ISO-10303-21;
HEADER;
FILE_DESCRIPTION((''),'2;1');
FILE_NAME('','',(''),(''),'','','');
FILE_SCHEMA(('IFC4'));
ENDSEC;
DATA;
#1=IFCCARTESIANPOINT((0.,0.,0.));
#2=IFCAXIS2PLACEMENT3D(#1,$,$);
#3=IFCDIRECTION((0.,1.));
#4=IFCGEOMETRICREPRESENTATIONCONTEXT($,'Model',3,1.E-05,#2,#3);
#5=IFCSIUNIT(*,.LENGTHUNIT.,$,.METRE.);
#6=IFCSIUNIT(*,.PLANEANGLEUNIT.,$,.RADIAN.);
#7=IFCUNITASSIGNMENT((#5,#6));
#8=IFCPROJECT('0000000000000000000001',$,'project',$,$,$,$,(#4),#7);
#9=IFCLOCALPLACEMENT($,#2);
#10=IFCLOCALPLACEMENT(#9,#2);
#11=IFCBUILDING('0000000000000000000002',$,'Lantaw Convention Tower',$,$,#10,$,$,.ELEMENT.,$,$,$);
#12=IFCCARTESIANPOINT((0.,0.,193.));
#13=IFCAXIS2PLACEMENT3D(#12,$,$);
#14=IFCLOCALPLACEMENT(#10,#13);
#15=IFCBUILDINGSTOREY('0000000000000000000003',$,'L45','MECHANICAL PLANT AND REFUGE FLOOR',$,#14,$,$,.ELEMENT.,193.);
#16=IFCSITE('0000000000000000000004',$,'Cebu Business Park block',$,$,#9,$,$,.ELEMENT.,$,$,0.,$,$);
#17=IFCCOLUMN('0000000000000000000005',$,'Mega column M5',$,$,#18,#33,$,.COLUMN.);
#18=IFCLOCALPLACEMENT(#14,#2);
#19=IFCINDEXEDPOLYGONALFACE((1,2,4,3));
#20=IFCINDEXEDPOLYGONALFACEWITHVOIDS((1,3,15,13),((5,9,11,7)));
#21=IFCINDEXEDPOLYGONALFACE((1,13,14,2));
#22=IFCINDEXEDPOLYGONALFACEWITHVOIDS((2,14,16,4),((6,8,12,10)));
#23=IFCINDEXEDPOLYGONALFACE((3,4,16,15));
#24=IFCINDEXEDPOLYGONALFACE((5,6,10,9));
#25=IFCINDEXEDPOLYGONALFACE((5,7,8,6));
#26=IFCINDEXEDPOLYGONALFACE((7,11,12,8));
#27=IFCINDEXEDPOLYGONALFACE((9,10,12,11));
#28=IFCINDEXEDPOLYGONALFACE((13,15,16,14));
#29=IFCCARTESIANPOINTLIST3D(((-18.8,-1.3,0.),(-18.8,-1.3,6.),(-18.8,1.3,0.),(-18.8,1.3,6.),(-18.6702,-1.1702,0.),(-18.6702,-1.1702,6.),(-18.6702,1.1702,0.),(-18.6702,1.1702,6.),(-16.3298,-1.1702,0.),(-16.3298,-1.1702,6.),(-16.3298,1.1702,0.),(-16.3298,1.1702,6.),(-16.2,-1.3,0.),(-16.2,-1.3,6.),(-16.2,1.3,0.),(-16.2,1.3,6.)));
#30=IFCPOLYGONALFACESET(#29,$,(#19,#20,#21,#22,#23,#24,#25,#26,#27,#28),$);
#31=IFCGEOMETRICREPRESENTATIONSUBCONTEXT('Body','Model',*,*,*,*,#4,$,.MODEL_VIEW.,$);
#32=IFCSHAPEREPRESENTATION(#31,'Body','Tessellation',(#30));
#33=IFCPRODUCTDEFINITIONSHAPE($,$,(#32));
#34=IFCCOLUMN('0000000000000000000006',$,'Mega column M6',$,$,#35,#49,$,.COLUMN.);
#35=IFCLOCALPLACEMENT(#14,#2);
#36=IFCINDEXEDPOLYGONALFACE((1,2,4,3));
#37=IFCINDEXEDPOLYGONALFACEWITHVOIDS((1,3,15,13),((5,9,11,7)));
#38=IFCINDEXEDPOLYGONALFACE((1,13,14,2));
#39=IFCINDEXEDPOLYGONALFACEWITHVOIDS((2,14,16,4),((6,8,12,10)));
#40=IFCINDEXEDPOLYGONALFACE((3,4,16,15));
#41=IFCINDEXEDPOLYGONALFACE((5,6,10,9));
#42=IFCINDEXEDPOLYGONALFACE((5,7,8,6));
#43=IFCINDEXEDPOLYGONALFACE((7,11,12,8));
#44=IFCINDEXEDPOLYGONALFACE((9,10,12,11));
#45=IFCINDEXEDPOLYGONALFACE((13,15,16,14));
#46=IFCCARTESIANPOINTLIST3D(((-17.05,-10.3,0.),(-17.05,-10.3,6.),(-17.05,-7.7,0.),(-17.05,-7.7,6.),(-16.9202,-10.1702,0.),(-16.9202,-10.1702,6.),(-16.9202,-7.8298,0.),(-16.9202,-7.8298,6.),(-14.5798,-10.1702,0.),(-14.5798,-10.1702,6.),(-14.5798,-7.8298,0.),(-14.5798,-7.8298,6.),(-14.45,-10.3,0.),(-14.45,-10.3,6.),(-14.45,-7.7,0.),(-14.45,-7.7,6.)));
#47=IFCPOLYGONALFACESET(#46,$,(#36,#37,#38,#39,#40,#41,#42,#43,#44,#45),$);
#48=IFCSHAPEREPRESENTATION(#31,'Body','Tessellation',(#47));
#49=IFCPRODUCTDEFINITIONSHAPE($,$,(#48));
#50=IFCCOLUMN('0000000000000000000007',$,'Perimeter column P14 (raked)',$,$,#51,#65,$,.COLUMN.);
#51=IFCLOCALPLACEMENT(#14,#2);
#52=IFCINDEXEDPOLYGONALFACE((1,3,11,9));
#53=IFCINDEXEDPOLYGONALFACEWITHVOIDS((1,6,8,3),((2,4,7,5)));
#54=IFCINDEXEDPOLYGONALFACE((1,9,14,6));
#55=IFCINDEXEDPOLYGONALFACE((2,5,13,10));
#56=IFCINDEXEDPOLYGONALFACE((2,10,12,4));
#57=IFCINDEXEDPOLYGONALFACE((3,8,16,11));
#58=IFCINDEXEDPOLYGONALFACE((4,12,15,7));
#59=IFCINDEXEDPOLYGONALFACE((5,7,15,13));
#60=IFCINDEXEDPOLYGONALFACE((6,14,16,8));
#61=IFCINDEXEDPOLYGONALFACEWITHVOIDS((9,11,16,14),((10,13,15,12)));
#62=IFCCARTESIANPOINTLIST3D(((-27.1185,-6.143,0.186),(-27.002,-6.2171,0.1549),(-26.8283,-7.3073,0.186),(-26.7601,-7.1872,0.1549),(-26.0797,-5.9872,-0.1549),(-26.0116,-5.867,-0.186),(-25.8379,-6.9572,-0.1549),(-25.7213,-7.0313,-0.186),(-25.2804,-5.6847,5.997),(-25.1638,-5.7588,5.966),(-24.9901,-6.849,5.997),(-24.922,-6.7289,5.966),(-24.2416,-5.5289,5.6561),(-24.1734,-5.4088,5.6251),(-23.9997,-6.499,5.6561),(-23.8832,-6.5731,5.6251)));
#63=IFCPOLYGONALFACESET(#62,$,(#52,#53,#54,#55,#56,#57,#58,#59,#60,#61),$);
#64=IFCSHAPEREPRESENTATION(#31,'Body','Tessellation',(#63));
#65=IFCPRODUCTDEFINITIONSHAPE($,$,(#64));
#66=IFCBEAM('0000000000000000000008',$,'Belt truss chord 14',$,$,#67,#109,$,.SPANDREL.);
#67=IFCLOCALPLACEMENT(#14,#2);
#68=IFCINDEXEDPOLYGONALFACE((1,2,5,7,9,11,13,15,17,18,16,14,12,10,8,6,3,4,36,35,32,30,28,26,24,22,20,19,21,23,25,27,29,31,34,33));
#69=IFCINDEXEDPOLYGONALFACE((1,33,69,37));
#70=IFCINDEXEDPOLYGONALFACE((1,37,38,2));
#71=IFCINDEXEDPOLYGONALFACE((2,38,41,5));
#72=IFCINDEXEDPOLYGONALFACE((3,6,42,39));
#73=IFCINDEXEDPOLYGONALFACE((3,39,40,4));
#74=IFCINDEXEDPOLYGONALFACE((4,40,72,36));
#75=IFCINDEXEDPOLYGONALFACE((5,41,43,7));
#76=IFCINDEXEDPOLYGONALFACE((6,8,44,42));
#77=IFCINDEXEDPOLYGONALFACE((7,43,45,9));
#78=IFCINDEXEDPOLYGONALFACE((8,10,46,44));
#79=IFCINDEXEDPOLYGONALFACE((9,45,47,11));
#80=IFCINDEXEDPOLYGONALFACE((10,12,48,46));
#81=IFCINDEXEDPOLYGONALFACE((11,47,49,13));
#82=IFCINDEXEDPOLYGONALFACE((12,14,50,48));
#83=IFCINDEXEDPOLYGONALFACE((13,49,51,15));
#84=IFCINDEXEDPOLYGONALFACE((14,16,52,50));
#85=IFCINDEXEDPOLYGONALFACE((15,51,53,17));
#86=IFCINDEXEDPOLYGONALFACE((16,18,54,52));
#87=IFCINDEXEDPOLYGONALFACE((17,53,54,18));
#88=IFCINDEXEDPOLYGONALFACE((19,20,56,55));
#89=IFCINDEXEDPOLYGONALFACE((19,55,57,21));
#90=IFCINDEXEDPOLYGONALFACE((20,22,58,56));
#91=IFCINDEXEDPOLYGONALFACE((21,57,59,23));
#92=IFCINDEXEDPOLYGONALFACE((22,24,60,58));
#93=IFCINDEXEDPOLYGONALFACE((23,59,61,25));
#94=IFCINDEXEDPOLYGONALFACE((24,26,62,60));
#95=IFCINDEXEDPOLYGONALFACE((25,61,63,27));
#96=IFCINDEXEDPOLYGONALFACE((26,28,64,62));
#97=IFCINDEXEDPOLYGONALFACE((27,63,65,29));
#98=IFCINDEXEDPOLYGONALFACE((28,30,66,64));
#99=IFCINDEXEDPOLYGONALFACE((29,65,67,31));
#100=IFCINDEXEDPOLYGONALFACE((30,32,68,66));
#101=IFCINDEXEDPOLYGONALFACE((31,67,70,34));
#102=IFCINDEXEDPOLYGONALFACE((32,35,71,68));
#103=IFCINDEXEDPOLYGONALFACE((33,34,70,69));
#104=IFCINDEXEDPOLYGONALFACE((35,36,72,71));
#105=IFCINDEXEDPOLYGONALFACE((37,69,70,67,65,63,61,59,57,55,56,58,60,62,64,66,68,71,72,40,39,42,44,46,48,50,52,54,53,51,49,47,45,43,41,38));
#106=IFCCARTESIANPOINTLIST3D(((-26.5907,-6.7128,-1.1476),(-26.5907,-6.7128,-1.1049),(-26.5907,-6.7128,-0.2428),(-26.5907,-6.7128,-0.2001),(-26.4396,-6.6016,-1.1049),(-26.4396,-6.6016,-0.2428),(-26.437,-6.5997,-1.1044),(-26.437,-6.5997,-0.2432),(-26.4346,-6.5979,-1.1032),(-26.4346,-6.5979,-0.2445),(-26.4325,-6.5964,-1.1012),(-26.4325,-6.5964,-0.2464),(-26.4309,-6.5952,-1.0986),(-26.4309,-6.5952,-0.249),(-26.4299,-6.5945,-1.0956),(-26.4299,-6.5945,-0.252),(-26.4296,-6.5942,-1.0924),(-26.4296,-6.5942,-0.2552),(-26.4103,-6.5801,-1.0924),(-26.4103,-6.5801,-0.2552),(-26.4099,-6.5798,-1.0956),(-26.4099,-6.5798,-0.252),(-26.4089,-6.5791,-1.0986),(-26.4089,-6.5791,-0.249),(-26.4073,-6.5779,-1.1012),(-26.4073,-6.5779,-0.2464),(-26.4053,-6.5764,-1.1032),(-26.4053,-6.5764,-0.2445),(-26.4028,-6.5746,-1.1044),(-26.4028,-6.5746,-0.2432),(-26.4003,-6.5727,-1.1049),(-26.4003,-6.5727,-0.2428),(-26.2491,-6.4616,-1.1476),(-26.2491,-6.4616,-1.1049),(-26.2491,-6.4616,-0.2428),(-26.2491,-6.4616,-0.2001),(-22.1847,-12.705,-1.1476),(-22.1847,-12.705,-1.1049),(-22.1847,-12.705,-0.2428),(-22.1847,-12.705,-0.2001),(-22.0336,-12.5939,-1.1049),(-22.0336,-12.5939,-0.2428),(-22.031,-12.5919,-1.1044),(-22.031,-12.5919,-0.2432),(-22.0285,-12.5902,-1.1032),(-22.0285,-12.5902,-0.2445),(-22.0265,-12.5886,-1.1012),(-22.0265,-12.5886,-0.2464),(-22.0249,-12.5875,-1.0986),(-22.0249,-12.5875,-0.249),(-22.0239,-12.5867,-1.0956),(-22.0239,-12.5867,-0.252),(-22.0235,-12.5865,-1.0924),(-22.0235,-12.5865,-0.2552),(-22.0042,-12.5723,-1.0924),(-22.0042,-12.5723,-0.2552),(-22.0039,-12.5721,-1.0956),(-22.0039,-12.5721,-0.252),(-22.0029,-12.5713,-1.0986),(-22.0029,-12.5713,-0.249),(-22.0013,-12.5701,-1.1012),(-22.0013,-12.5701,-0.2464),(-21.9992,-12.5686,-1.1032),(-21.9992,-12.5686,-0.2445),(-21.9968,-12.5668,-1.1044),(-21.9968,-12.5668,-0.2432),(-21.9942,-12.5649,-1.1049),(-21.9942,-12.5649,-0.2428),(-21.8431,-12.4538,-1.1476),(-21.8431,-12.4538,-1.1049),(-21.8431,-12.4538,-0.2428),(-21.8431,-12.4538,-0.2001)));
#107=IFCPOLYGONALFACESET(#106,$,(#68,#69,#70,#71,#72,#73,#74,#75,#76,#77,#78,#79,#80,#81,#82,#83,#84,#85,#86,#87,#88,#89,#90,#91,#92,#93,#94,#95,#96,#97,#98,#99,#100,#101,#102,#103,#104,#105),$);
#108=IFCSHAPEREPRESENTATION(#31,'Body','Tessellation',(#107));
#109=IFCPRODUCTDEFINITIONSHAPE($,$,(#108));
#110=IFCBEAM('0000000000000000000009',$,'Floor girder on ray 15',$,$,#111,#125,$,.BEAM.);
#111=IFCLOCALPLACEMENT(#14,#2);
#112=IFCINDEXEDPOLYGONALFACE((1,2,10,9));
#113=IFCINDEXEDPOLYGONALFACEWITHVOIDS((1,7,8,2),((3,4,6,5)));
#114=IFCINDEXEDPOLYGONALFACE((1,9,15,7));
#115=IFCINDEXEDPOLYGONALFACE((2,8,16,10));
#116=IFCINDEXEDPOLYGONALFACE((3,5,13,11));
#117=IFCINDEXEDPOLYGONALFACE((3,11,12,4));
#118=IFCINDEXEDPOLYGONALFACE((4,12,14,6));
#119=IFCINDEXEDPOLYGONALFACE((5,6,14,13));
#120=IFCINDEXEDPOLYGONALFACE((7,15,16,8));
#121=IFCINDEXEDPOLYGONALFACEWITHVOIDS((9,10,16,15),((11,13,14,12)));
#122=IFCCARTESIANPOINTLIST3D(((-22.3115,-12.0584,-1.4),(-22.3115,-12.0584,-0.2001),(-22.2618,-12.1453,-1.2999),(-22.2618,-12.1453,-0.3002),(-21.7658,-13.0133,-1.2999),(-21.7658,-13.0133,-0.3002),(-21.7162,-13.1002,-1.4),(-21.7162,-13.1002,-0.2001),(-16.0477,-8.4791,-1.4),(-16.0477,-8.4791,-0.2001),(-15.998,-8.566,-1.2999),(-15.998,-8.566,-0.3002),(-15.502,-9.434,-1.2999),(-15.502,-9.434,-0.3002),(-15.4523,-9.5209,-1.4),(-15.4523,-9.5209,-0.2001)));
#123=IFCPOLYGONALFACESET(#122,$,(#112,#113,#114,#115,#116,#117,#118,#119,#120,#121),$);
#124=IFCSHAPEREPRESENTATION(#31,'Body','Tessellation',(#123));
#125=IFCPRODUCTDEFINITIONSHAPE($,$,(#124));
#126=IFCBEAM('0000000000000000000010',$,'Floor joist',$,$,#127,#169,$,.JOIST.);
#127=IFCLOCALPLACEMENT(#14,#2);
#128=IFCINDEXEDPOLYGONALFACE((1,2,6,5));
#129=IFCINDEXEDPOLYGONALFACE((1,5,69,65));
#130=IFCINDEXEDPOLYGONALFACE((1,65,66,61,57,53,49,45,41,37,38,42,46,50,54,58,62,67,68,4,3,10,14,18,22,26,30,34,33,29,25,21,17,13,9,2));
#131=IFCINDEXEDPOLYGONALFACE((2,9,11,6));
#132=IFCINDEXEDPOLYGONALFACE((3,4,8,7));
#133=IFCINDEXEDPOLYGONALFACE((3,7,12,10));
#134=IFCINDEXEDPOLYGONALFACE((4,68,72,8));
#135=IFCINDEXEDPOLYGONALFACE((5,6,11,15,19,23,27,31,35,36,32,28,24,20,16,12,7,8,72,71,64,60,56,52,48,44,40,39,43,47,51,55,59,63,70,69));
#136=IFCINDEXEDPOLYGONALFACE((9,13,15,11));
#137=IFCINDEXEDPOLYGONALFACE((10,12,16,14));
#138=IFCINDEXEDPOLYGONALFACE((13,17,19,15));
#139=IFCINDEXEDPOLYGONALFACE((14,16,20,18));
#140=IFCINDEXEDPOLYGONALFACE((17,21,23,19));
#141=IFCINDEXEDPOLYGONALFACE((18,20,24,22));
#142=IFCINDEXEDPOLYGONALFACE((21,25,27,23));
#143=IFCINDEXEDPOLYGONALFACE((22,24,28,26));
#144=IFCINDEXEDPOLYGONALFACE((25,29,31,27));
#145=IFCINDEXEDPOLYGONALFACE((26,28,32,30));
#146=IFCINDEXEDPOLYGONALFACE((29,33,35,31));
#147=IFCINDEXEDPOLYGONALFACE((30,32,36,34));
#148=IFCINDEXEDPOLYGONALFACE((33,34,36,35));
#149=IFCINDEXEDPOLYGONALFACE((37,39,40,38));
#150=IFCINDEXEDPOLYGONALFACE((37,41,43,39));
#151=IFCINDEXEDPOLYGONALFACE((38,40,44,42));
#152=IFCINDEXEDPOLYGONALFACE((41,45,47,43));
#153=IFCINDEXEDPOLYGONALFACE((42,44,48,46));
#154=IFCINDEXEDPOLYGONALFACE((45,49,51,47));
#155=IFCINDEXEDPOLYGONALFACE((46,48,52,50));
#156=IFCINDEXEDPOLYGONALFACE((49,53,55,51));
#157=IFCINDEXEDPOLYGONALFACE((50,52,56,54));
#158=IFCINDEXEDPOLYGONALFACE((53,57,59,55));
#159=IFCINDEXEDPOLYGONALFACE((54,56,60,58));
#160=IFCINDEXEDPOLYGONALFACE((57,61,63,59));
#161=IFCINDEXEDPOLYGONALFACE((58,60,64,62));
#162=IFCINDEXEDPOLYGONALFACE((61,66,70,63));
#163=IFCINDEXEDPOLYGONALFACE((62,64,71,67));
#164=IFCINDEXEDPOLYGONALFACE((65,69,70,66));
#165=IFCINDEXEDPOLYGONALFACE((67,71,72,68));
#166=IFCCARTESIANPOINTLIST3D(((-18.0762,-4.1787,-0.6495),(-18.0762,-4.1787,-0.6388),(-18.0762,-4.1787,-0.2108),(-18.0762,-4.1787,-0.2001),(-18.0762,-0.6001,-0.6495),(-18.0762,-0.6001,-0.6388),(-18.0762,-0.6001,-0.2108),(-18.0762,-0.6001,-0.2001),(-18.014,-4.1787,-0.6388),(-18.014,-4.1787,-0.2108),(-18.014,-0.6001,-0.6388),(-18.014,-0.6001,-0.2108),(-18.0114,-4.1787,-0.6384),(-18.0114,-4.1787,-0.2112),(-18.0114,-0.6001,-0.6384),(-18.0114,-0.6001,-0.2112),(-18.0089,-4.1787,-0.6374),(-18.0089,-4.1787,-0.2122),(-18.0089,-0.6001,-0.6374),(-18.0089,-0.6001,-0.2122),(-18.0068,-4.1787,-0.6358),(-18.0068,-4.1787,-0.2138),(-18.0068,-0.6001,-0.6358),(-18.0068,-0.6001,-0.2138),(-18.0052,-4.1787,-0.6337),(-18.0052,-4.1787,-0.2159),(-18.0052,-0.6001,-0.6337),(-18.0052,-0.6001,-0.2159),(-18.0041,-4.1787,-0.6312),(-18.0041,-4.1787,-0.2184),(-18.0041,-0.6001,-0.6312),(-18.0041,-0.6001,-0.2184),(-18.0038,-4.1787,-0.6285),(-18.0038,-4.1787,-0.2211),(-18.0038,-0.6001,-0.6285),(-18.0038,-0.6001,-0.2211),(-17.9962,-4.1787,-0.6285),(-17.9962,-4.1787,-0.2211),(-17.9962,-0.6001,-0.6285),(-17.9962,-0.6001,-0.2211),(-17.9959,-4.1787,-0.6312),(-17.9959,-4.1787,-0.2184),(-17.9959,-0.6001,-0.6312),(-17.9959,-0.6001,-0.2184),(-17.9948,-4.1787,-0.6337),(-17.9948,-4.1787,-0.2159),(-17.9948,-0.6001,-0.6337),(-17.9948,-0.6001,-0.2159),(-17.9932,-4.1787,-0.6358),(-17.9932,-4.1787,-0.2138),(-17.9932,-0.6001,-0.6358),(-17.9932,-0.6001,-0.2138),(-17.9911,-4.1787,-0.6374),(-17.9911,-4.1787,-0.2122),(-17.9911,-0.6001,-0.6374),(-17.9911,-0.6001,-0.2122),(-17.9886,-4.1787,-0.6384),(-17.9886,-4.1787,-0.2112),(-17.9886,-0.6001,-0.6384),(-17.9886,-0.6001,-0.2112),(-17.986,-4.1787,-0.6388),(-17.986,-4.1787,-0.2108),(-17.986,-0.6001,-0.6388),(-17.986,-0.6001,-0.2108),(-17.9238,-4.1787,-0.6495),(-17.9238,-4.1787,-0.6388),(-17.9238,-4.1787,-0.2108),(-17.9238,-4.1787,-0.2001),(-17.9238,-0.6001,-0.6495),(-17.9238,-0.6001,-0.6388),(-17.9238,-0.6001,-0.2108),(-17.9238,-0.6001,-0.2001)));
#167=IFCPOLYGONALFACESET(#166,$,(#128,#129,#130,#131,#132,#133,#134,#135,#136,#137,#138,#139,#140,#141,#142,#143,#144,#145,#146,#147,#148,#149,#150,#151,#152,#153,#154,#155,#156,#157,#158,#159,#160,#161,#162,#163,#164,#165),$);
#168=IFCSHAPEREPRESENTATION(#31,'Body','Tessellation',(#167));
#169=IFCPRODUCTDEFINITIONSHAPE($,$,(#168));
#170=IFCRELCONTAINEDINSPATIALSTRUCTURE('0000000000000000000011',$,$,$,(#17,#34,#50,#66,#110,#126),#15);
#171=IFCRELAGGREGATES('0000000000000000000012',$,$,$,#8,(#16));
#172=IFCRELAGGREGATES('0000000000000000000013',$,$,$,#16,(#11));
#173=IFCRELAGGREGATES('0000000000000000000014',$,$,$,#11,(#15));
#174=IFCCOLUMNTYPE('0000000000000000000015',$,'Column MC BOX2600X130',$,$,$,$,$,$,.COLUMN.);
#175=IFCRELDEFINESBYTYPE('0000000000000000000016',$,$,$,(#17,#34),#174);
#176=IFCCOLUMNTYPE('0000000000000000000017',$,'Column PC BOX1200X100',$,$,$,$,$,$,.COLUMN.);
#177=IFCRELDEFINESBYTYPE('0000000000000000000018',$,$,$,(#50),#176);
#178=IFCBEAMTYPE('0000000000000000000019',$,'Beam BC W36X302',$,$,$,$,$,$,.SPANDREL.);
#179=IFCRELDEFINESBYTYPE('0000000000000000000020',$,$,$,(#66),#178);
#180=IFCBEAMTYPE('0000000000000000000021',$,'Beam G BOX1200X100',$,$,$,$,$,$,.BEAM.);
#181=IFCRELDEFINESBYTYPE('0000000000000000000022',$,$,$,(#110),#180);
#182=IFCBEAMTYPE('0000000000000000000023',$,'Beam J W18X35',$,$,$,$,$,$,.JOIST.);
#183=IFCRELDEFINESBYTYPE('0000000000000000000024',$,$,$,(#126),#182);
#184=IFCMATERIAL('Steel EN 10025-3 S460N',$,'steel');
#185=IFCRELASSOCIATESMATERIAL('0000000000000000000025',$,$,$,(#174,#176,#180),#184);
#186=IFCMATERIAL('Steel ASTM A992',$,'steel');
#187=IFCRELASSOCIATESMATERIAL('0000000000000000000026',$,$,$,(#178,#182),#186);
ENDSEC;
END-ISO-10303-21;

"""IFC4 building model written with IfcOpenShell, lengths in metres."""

from ifc_helpers import new_model, si_unit, direction, frame, origin, origin_2d, place, context, subcontext, project, spatial, rectangle, hollow_rectangle, i_section, extrude, material, material_profile, profile_set, type_object, element, save


model = new_model("IFC4")

# Units and contexts
model_context = context("Model", 3, precision=1e-05, world=origin(), true_north=direction((0.0, 1.0)))
body_context = subcontext(model_context, "Body", "Model", "MODEL_VIEW")
ifc_project = project(units=[si_unit("LENGTHUNIT", "METRE"), si_unit("PLANEANGLEUNIT", "RADIAN")], contexts=[model_context])

# Site, building, storey
site_placement = place(None, origin())
site = spatial("IfcSite", under=ifc_project, at=site_placement, Name="Cebu Business Park block", CompositionType="ELEMENT", RefElevation=0.0)
building_placement = place(site_placement, origin())
building = spatial("IfcBuilding", under=site, at=building_placement, Name="Lantaw Convention Tower", CompositionType="ELEMENT")
storey_placement = place(building_placement, frame((0.0, 0.0, 193.0)))
storey = spatial("IfcBuildingStorey", under=building, at=storey_placement, Name="L45", Description="MECHANICAL PLANT AND REFUGE FLOOR", CompositionType="ELEMENT", Elevation=193.0)

# Columns
ifc_material_1 = material(Name="Steel EN 10025-3 S460N", Category="steel")
ifc_material_profile_1 = material_profile(ifc_material_1, hollow_rectangle(XDim=2.6001, YDim=2.6001, WallThickness=0.1299, at=origin_2d()), Name="BOX2600X130")
ifc_material_2 = material(Name="Concrete C60/75", Category="concrete")
ifc_material_profile_2 = material_profile(ifc_material_2, rectangle(XDim=2.3401, YDim=2.3401, at=origin_2d()), Name="Concrete fill of BOX2600X130")
ifc_profile_set_1 = profile_set([ifc_material_profile_1, ifc_material_profile_2], Name="Steel EN 10025-3 S460N")
column_type_1 = type_object("IfcColumnType", Name="Column MC BOX2600X130", PredefinedType="COLUMN", material=ifc_profile_set_1)
for number, where, z_axis, x_axis, name in (
    (1, (-17.5, 0.0, 0.0), (0.0, 0.0, 1.0), (1.0, 0.0, 0.0), "Mega column M5"),
    (2, (-15.75, -9.0, 0.0), (0.0, 0.0, 1.0), (1.0, 0.0, 0.0), "Mega column M6"),
):
    element("IfcColumn", number, at=place(storey_placement, frame(where, z_axis=z_axis, x_axis=x_axis)), inside=storey, type_object=column_type_1, Name=name, PredefinedType="COLUMN", context=body_context, shape_type="SweptSolid", body=[
        extrude(hollow_rectangle(XDim=2.6001, YDim=2.6001, WallThickness=0.1299, at=origin_2d()), origin(), (0.0, 0.0, 1.0), 6.0),
    ])
ifc_material_profile_3 = material_profile(ifc_material_1, hollow_rectangle(XDim=1.2, YDim=1.2, WallThickness=0.1001, at=origin_2d()), Name="BOX1200X100")
ifc_material_profile_4 = material_profile(ifc_material_2, rectangle(XDim=1.0, YDim=1.0, at=origin_2d()), Name="Concrete fill of BOX1200X100")
ifc_profile_set_2 = profile_set([ifc_material_profile_3, ifc_material_profile_4], Name="Steel EN 10025-3 S460N")
column_type_2 = type_object("IfcColumnType", Name="Column PC BOX1200X100", PredefinedType="COLUMN", material=ifc_profile_set_2)
column_placement = place(storey_placement, frame((-26.4199, -6.5872, 0.0), z_axis=(0.300741, 0.074975, 0.950754), x_axis=(-0.241899, 0.970301, 0.0)))
element("IfcColumn", 3, at=column_placement, inside=storey, type_object=column_type_2, Name="Perimeter column P14 (raked)", PredefinedType="COLUMN", context=body_context, shape_type="SweptSolid", body=[
    extrude(hollow_rectangle(XDim=1.2, YDim=1.2, WallThickness=0.1001, at=origin_2d()), origin(), (0.0, 0.0, 1.0), 6.1121),
])

# Beams
ifc_material_3 = material(Name="Steel ASTM A992", Category="steel")
ifc_material_profile_5 = material_profile(ifc_material_3, i_section(OverallWidth=0.4241, OverallDepth=0.9475, WebThickness=0.0239, FlangeThickness=0.0427, FilletRadius=0.0125, at=origin_2d()), Name="W36X302")
ifc_profile_set_3 = profile_set([ifc_material_profile_5], Name="Steel ASTM A992")
beam_type_1 = type_object("IfcBeamType", Name="Beam BC W36X302", PredefinedType="SPANDREL", material=ifc_profile_set_3)
beam_1_placement = place(storey_placement, frame((-26.4199, -6.5872, -0.6738), z_axis=(0.592389, -0.805652, 0.0), x_axis=(0.805652, 0.592389, 0.0)))
element("IfcBeam", 4, at=beam_1_placement, inside=storey, type_object=beam_type_1, Name="Belt truss chord 14", PredefinedType="SPANDREL", context=body_context, shape_type="SweptSolid", body=[
    extrude(i_section(OverallWidth=0.4241, OverallDepth=0.9475, WebThickness=0.0239, FlangeThickness=0.0427, FilletRadius=0.0125, at=origin_2d()), origin(), (0.0, 0.0, 1.0), 7.4377),
])
ifc_material_profile_6 = material_profile(ifc_material_1, hollow_rectangle(XDim=1.2, YDim=1.2, WallThickness=0.1001, at=origin_2d()), Name="BOX1200X100")
ifc_profile_set_4 = profile_set([ifc_material_profile_6], Name="Steel EN 10025-3 S460N")
beam_type_2 = type_object("IfcBeamType", Name="Beam G BOX1200X100", PredefinedType="BEAM", material=ifc_profile_set_4)
beam_2_placement = place(storey_placement, frame((-15.75, -9.0, -0.8), z_axis=(-0.868245, -0.496135, 0.0), x_axis=(0.496135, -0.868245, 0.0)))
element("IfcBeam", 5, at=beam_2_placement, inside=storey, type_object=beam_type_2, Name="Floor girder on ray 15", PredefinedType="BEAM", context=body_context, shape_type="SweptSolid", body=[
    extrude(hollow_rectangle(XDim=1.2, YDim=1.2, WallThickness=0.1001, at=origin_2d()), origin(), (0.0, 0.0, 1.0), 7.2144),
])
ifc_material_profile_7 = material_profile(ifc_material_3, i_section(OverallWidth=0.1523, OverallDepth=0.4495, WebThickness=0.0076, FlangeThickness=0.0107, FilletRadius=0.0103, at=origin_2d()), Name="W18X35")
ifc_profile_set_5 = profile_set([ifc_material_profile_7], Name="Steel ASTM A992")
beam_type_3 = type_object("IfcBeamType", Name="Beam J W18X35", PredefinedType="JOIST", material=ifc_profile_set_5)
beam_3_placement = place(storey_placement, frame((-18.0, -4.1787, -0.4248), z_axis=(0.0, 1.0, 0.0), x_axis=(-1.0, 0.0, 0.0)))
element("IfcBeam", 6, at=beam_3_placement, inside=storey, type_object=beam_type_3, Name="Floor joist", PredefinedType="JOIST", context=body_context, shape_type="SweptSolid", body=[
    extrude(i_section(OverallWidth=0.1523, OverallDepth=0.4495, WebThickness=0.0076, FlangeThickness=0.0107, FilletRadius=0.0103, at=origin_2d()), origin(), (0.0, 0.0, 1.0), 3.5786),
])

save(model, "model.ifc")
